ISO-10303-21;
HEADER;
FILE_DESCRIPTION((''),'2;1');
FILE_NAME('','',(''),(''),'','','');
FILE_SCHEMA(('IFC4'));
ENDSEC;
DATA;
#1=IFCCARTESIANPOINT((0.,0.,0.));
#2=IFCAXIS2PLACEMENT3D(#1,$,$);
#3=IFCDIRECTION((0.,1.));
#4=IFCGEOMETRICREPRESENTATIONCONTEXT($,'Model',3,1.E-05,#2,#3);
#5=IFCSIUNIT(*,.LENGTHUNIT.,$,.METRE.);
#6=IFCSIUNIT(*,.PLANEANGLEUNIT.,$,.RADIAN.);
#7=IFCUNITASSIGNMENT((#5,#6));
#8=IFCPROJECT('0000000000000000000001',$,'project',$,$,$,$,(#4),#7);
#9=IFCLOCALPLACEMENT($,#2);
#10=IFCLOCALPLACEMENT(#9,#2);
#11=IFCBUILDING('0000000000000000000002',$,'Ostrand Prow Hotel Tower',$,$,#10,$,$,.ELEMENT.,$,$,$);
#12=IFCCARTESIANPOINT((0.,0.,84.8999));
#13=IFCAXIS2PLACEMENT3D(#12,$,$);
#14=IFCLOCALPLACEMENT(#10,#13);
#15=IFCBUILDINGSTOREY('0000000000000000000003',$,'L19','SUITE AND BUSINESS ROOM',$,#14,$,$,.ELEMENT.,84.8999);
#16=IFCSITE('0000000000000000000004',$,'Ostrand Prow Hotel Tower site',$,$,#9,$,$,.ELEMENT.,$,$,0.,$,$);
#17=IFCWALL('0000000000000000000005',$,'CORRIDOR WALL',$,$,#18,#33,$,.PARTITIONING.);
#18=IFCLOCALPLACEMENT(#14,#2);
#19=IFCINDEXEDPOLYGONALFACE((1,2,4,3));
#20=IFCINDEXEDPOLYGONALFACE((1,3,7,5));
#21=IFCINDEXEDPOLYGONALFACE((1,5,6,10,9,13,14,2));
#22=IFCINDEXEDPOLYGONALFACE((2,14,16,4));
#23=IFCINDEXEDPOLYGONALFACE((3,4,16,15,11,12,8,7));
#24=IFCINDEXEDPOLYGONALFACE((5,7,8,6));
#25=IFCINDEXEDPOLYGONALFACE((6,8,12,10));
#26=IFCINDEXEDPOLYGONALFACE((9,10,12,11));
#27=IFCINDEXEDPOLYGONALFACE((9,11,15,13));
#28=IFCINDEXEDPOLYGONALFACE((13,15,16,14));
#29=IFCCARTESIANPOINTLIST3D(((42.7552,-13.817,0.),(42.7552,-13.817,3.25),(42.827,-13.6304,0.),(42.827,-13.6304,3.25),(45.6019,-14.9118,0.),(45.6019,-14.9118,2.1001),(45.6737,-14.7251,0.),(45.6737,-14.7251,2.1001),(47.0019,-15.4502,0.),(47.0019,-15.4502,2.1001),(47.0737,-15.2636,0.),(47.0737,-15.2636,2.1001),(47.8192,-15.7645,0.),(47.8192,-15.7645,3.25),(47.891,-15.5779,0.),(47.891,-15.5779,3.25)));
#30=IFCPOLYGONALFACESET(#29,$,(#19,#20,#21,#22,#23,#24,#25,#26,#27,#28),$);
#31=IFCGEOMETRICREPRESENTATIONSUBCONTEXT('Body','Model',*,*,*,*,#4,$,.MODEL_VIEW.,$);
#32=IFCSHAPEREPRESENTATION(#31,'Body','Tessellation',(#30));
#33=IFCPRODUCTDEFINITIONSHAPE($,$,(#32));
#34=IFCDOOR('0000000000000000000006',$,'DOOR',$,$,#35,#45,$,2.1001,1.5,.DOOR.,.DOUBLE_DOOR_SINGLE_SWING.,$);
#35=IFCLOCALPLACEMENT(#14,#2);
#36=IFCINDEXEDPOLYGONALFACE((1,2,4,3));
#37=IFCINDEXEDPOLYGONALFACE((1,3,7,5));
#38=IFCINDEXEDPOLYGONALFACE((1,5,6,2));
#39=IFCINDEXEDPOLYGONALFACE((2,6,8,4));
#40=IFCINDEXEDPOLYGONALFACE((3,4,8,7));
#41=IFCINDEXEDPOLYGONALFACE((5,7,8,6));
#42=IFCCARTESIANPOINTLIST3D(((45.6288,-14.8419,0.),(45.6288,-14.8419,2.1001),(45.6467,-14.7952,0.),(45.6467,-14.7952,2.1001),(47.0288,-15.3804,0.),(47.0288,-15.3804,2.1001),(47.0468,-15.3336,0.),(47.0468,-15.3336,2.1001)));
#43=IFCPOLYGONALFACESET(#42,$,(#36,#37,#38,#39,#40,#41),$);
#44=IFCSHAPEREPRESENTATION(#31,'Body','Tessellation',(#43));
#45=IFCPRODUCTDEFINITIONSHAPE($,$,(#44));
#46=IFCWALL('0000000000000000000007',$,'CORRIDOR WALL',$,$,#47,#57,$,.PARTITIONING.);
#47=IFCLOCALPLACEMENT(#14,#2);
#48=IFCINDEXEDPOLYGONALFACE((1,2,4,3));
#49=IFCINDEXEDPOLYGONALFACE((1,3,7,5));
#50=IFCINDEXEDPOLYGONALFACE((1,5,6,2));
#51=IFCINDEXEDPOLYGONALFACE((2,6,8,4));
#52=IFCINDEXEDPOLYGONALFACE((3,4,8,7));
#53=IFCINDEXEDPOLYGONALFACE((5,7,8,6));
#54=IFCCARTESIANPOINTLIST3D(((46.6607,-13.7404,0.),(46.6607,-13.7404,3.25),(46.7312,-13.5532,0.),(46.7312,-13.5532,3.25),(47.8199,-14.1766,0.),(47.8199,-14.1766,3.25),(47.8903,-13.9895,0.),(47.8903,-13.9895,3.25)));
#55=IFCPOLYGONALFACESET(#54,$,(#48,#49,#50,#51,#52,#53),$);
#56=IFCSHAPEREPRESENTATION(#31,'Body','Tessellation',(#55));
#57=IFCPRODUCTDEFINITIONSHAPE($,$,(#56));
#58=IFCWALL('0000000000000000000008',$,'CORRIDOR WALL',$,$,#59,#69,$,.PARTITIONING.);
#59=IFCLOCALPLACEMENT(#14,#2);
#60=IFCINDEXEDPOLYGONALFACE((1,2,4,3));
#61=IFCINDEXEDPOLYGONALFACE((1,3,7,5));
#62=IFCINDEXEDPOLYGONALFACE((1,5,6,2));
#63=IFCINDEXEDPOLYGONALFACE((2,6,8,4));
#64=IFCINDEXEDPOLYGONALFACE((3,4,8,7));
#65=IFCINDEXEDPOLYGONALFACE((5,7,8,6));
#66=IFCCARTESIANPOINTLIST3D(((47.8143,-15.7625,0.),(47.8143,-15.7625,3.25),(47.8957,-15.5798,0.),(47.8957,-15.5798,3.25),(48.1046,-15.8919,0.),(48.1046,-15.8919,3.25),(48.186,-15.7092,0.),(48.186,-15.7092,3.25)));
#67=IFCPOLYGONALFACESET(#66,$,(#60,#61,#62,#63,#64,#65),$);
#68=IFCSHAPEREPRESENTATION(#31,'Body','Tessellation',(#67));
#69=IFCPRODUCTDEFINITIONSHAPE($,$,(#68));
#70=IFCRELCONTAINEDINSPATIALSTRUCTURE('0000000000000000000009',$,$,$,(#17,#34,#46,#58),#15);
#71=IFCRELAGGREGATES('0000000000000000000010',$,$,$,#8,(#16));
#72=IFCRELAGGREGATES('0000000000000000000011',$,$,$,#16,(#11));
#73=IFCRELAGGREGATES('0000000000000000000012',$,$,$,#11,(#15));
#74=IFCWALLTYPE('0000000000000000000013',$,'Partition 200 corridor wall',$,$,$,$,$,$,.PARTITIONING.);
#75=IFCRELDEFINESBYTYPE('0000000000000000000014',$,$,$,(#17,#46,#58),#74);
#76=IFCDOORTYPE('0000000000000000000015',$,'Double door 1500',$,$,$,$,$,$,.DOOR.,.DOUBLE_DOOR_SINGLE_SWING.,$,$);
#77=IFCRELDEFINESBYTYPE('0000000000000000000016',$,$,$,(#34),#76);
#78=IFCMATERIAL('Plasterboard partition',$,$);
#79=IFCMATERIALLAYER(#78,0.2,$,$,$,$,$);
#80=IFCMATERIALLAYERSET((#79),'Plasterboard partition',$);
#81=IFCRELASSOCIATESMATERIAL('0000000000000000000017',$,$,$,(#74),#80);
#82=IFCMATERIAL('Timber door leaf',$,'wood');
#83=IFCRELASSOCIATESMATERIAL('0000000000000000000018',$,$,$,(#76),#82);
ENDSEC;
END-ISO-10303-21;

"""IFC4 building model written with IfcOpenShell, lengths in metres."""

from ifc_helpers import new_model, si_unit, direction, frame, frame_2d, origin, place, context, subcontext, project, spatial, rectangle, extrude, material, layer, layer_set, type_object, element, fill, save


model = new_model("IFC4")

# Units and contexts
model_context = context("Model", 3, precision=1e-05, world=origin(), true_north=direction((0.0, 1.0)))
body_context = subcontext(model_context, "Body", "Model", "MODEL_VIEW")
ifc_project = project(units=[si_unit("LENGTHUNIT", "METRE"), si_unit("PLANEANGLEUNIT", "RADIAN")], contexts=[model_context])

# Site, building, storey
site_placement = place(None, origin())
site = spatial("IfcSite", under=ifc_project, at=site_placement, Name="Ostrand Prow Hotel Tower site", CompositionType="ELEMENT", RefElevation=0.0)
building_placement = place(site_placement, origin())
building = spatial("IfcBuilding", under=site, at=building_placement, Name="Ostrand Prow Hotel Tower", CompositionType="ELEMENT")
storey_placement = place(building_placement, frame((0.0, 0.0, 84.8999)))
storey = spatial("IfcBuildingStorey", under=building, at=storey_placement, Name="L19", Description="SUITE AND BUSINESS ROOM", CompositionType="ELEMENT", Elevation=84.8999)

# Shared definitions
ifc_material_1 = material(Name="Plasterboard partition")
ifc_layer_1 = layer(ifc_material_1, 0.2)
ifc_layer_set_1 = layer_set([ifc_layer_1], Name="Plasterboard partition")
wall_type_1 = type_object("IfcWallType", Name="Partition 200 corridor wall", PredefinedType="PARTITIONING", material=ifc_layer_set_1)

# Wall, opening, door
wall_1_placement = place(storey_placement, frame((42.791, -13.7236, 0.0), z_axis=(0.0, 0.0, 1.0), x_axis=(0.933356, -0.358952, 0.0)))
wall_1 = element("IfcWall", 1, at=wall_1_placement, inside=storey, type_object=wall_type_1, Name="CORRIDOR WALL", PredefinedType="PARTITIONING", context=body_context, shape_type="SweptSolid", body=[
    extrude(rectangle(XDim=5.4255, YDim=0.2, at=frame_2d((2.7129, 0.0))), origin(), (0.0, 0.0, 1.0), 3.25),
])
opening_1_placement = place(wall_1_placement, frame((3.05, 0.0, 0.0)))
opening_1 = element("IfcOpeningElement", 2, at=opening_1_placement, cuts=wall_1, PredefinedType="OPENING", context=body_context, shape_type="SweptSolid", body=[
    extrude(rectangle(XDim=1.5, YDim=2.1001, at=frame_2d((0.75, 1.05))), frame((0.0, 0.1099, 0.0), z_axis=(0.0, -1.0, 0.0), x_axis=(1.0, 0.0, 0.0)), (0.0, 0.0, 1.0), 0.22),
])
ifc_material_2 = material(Name="Timber door leaf", Category="wood")
door_type_1 = type_object("IfcDoorType", Name="Double door 1500", OperationType="DOUBLE_DOOR_SINGLE_SWING", PredefinedType="DOOR", material=ifc_material_2)
door_1_placement = place(opening_1_placement, origin())
door_1 = element("IfcDoor", 3, at=door_1_placement, inside=storey, type_object=door_type_1, Name="DOOR", OperationType="DOUBLE_DOOR_SINGLE_SWING", OverallHeight=2.1001, OverallWidth=1.5, PredefinedType="DOOR", context=body_context, shape_type="SweptSolid", body=[
    extrude(rectangle(XDim=1.5, YDim=2.1001, at=frame_2d((0.75, 1.05))), frame((0.0, 0.0249, 0.0), z_axis=(0.0, -1.0, 0.0), x_axis=(1.0, 0.0, 0.0)), (0.0, 0.0, 1.0), 0.05),
])
fill(opening_1, door_1)

# Walls
wall_2_placement = place(storey_placement, frame((47.855, -14.083, 0.0), z_axis=(0.0, 0.0, 1.0), x_axis=(-0.935907, 0.352246, 0.0)))
element("IfcWall", 4, at=wall_2_placement, inside=storey, type_object=wall_type_1, Name="CORRIDOR WALL", PredefinedType="PARTITIONING", context=body_context, shape_type="SweptSolid", body=[
    extrude(rectangle(XDim=1.2385, YDim=0.2, at=frame_2d((0.6191, 0.0))), origin(), (0.0, 0.0, 1.0), 3.25),
])
wall_3_placement = place(storey_placement, frame((47.855, -15.6711, 0.0), z_axis=(0.0, 0.0, 1.0), x_axis=(0.913368, -0.407136, 0.0)))
element("IfcWall", 5, at=wall_3_placement, inside=storey, type_object=wall_type_1, Name="CORRIDOR WALL", PredefinedType="PARTITIONING", context=body_context, shape_type="SweptSolid", body=[
    extrude(rectangle(XDim=0.3179, YDim=0.2, at=frame_2d((0.1589, 0.0))), origin(), (0.0, 0.0, 1.0), 3.25),
])

save(model, "model.ifc")
